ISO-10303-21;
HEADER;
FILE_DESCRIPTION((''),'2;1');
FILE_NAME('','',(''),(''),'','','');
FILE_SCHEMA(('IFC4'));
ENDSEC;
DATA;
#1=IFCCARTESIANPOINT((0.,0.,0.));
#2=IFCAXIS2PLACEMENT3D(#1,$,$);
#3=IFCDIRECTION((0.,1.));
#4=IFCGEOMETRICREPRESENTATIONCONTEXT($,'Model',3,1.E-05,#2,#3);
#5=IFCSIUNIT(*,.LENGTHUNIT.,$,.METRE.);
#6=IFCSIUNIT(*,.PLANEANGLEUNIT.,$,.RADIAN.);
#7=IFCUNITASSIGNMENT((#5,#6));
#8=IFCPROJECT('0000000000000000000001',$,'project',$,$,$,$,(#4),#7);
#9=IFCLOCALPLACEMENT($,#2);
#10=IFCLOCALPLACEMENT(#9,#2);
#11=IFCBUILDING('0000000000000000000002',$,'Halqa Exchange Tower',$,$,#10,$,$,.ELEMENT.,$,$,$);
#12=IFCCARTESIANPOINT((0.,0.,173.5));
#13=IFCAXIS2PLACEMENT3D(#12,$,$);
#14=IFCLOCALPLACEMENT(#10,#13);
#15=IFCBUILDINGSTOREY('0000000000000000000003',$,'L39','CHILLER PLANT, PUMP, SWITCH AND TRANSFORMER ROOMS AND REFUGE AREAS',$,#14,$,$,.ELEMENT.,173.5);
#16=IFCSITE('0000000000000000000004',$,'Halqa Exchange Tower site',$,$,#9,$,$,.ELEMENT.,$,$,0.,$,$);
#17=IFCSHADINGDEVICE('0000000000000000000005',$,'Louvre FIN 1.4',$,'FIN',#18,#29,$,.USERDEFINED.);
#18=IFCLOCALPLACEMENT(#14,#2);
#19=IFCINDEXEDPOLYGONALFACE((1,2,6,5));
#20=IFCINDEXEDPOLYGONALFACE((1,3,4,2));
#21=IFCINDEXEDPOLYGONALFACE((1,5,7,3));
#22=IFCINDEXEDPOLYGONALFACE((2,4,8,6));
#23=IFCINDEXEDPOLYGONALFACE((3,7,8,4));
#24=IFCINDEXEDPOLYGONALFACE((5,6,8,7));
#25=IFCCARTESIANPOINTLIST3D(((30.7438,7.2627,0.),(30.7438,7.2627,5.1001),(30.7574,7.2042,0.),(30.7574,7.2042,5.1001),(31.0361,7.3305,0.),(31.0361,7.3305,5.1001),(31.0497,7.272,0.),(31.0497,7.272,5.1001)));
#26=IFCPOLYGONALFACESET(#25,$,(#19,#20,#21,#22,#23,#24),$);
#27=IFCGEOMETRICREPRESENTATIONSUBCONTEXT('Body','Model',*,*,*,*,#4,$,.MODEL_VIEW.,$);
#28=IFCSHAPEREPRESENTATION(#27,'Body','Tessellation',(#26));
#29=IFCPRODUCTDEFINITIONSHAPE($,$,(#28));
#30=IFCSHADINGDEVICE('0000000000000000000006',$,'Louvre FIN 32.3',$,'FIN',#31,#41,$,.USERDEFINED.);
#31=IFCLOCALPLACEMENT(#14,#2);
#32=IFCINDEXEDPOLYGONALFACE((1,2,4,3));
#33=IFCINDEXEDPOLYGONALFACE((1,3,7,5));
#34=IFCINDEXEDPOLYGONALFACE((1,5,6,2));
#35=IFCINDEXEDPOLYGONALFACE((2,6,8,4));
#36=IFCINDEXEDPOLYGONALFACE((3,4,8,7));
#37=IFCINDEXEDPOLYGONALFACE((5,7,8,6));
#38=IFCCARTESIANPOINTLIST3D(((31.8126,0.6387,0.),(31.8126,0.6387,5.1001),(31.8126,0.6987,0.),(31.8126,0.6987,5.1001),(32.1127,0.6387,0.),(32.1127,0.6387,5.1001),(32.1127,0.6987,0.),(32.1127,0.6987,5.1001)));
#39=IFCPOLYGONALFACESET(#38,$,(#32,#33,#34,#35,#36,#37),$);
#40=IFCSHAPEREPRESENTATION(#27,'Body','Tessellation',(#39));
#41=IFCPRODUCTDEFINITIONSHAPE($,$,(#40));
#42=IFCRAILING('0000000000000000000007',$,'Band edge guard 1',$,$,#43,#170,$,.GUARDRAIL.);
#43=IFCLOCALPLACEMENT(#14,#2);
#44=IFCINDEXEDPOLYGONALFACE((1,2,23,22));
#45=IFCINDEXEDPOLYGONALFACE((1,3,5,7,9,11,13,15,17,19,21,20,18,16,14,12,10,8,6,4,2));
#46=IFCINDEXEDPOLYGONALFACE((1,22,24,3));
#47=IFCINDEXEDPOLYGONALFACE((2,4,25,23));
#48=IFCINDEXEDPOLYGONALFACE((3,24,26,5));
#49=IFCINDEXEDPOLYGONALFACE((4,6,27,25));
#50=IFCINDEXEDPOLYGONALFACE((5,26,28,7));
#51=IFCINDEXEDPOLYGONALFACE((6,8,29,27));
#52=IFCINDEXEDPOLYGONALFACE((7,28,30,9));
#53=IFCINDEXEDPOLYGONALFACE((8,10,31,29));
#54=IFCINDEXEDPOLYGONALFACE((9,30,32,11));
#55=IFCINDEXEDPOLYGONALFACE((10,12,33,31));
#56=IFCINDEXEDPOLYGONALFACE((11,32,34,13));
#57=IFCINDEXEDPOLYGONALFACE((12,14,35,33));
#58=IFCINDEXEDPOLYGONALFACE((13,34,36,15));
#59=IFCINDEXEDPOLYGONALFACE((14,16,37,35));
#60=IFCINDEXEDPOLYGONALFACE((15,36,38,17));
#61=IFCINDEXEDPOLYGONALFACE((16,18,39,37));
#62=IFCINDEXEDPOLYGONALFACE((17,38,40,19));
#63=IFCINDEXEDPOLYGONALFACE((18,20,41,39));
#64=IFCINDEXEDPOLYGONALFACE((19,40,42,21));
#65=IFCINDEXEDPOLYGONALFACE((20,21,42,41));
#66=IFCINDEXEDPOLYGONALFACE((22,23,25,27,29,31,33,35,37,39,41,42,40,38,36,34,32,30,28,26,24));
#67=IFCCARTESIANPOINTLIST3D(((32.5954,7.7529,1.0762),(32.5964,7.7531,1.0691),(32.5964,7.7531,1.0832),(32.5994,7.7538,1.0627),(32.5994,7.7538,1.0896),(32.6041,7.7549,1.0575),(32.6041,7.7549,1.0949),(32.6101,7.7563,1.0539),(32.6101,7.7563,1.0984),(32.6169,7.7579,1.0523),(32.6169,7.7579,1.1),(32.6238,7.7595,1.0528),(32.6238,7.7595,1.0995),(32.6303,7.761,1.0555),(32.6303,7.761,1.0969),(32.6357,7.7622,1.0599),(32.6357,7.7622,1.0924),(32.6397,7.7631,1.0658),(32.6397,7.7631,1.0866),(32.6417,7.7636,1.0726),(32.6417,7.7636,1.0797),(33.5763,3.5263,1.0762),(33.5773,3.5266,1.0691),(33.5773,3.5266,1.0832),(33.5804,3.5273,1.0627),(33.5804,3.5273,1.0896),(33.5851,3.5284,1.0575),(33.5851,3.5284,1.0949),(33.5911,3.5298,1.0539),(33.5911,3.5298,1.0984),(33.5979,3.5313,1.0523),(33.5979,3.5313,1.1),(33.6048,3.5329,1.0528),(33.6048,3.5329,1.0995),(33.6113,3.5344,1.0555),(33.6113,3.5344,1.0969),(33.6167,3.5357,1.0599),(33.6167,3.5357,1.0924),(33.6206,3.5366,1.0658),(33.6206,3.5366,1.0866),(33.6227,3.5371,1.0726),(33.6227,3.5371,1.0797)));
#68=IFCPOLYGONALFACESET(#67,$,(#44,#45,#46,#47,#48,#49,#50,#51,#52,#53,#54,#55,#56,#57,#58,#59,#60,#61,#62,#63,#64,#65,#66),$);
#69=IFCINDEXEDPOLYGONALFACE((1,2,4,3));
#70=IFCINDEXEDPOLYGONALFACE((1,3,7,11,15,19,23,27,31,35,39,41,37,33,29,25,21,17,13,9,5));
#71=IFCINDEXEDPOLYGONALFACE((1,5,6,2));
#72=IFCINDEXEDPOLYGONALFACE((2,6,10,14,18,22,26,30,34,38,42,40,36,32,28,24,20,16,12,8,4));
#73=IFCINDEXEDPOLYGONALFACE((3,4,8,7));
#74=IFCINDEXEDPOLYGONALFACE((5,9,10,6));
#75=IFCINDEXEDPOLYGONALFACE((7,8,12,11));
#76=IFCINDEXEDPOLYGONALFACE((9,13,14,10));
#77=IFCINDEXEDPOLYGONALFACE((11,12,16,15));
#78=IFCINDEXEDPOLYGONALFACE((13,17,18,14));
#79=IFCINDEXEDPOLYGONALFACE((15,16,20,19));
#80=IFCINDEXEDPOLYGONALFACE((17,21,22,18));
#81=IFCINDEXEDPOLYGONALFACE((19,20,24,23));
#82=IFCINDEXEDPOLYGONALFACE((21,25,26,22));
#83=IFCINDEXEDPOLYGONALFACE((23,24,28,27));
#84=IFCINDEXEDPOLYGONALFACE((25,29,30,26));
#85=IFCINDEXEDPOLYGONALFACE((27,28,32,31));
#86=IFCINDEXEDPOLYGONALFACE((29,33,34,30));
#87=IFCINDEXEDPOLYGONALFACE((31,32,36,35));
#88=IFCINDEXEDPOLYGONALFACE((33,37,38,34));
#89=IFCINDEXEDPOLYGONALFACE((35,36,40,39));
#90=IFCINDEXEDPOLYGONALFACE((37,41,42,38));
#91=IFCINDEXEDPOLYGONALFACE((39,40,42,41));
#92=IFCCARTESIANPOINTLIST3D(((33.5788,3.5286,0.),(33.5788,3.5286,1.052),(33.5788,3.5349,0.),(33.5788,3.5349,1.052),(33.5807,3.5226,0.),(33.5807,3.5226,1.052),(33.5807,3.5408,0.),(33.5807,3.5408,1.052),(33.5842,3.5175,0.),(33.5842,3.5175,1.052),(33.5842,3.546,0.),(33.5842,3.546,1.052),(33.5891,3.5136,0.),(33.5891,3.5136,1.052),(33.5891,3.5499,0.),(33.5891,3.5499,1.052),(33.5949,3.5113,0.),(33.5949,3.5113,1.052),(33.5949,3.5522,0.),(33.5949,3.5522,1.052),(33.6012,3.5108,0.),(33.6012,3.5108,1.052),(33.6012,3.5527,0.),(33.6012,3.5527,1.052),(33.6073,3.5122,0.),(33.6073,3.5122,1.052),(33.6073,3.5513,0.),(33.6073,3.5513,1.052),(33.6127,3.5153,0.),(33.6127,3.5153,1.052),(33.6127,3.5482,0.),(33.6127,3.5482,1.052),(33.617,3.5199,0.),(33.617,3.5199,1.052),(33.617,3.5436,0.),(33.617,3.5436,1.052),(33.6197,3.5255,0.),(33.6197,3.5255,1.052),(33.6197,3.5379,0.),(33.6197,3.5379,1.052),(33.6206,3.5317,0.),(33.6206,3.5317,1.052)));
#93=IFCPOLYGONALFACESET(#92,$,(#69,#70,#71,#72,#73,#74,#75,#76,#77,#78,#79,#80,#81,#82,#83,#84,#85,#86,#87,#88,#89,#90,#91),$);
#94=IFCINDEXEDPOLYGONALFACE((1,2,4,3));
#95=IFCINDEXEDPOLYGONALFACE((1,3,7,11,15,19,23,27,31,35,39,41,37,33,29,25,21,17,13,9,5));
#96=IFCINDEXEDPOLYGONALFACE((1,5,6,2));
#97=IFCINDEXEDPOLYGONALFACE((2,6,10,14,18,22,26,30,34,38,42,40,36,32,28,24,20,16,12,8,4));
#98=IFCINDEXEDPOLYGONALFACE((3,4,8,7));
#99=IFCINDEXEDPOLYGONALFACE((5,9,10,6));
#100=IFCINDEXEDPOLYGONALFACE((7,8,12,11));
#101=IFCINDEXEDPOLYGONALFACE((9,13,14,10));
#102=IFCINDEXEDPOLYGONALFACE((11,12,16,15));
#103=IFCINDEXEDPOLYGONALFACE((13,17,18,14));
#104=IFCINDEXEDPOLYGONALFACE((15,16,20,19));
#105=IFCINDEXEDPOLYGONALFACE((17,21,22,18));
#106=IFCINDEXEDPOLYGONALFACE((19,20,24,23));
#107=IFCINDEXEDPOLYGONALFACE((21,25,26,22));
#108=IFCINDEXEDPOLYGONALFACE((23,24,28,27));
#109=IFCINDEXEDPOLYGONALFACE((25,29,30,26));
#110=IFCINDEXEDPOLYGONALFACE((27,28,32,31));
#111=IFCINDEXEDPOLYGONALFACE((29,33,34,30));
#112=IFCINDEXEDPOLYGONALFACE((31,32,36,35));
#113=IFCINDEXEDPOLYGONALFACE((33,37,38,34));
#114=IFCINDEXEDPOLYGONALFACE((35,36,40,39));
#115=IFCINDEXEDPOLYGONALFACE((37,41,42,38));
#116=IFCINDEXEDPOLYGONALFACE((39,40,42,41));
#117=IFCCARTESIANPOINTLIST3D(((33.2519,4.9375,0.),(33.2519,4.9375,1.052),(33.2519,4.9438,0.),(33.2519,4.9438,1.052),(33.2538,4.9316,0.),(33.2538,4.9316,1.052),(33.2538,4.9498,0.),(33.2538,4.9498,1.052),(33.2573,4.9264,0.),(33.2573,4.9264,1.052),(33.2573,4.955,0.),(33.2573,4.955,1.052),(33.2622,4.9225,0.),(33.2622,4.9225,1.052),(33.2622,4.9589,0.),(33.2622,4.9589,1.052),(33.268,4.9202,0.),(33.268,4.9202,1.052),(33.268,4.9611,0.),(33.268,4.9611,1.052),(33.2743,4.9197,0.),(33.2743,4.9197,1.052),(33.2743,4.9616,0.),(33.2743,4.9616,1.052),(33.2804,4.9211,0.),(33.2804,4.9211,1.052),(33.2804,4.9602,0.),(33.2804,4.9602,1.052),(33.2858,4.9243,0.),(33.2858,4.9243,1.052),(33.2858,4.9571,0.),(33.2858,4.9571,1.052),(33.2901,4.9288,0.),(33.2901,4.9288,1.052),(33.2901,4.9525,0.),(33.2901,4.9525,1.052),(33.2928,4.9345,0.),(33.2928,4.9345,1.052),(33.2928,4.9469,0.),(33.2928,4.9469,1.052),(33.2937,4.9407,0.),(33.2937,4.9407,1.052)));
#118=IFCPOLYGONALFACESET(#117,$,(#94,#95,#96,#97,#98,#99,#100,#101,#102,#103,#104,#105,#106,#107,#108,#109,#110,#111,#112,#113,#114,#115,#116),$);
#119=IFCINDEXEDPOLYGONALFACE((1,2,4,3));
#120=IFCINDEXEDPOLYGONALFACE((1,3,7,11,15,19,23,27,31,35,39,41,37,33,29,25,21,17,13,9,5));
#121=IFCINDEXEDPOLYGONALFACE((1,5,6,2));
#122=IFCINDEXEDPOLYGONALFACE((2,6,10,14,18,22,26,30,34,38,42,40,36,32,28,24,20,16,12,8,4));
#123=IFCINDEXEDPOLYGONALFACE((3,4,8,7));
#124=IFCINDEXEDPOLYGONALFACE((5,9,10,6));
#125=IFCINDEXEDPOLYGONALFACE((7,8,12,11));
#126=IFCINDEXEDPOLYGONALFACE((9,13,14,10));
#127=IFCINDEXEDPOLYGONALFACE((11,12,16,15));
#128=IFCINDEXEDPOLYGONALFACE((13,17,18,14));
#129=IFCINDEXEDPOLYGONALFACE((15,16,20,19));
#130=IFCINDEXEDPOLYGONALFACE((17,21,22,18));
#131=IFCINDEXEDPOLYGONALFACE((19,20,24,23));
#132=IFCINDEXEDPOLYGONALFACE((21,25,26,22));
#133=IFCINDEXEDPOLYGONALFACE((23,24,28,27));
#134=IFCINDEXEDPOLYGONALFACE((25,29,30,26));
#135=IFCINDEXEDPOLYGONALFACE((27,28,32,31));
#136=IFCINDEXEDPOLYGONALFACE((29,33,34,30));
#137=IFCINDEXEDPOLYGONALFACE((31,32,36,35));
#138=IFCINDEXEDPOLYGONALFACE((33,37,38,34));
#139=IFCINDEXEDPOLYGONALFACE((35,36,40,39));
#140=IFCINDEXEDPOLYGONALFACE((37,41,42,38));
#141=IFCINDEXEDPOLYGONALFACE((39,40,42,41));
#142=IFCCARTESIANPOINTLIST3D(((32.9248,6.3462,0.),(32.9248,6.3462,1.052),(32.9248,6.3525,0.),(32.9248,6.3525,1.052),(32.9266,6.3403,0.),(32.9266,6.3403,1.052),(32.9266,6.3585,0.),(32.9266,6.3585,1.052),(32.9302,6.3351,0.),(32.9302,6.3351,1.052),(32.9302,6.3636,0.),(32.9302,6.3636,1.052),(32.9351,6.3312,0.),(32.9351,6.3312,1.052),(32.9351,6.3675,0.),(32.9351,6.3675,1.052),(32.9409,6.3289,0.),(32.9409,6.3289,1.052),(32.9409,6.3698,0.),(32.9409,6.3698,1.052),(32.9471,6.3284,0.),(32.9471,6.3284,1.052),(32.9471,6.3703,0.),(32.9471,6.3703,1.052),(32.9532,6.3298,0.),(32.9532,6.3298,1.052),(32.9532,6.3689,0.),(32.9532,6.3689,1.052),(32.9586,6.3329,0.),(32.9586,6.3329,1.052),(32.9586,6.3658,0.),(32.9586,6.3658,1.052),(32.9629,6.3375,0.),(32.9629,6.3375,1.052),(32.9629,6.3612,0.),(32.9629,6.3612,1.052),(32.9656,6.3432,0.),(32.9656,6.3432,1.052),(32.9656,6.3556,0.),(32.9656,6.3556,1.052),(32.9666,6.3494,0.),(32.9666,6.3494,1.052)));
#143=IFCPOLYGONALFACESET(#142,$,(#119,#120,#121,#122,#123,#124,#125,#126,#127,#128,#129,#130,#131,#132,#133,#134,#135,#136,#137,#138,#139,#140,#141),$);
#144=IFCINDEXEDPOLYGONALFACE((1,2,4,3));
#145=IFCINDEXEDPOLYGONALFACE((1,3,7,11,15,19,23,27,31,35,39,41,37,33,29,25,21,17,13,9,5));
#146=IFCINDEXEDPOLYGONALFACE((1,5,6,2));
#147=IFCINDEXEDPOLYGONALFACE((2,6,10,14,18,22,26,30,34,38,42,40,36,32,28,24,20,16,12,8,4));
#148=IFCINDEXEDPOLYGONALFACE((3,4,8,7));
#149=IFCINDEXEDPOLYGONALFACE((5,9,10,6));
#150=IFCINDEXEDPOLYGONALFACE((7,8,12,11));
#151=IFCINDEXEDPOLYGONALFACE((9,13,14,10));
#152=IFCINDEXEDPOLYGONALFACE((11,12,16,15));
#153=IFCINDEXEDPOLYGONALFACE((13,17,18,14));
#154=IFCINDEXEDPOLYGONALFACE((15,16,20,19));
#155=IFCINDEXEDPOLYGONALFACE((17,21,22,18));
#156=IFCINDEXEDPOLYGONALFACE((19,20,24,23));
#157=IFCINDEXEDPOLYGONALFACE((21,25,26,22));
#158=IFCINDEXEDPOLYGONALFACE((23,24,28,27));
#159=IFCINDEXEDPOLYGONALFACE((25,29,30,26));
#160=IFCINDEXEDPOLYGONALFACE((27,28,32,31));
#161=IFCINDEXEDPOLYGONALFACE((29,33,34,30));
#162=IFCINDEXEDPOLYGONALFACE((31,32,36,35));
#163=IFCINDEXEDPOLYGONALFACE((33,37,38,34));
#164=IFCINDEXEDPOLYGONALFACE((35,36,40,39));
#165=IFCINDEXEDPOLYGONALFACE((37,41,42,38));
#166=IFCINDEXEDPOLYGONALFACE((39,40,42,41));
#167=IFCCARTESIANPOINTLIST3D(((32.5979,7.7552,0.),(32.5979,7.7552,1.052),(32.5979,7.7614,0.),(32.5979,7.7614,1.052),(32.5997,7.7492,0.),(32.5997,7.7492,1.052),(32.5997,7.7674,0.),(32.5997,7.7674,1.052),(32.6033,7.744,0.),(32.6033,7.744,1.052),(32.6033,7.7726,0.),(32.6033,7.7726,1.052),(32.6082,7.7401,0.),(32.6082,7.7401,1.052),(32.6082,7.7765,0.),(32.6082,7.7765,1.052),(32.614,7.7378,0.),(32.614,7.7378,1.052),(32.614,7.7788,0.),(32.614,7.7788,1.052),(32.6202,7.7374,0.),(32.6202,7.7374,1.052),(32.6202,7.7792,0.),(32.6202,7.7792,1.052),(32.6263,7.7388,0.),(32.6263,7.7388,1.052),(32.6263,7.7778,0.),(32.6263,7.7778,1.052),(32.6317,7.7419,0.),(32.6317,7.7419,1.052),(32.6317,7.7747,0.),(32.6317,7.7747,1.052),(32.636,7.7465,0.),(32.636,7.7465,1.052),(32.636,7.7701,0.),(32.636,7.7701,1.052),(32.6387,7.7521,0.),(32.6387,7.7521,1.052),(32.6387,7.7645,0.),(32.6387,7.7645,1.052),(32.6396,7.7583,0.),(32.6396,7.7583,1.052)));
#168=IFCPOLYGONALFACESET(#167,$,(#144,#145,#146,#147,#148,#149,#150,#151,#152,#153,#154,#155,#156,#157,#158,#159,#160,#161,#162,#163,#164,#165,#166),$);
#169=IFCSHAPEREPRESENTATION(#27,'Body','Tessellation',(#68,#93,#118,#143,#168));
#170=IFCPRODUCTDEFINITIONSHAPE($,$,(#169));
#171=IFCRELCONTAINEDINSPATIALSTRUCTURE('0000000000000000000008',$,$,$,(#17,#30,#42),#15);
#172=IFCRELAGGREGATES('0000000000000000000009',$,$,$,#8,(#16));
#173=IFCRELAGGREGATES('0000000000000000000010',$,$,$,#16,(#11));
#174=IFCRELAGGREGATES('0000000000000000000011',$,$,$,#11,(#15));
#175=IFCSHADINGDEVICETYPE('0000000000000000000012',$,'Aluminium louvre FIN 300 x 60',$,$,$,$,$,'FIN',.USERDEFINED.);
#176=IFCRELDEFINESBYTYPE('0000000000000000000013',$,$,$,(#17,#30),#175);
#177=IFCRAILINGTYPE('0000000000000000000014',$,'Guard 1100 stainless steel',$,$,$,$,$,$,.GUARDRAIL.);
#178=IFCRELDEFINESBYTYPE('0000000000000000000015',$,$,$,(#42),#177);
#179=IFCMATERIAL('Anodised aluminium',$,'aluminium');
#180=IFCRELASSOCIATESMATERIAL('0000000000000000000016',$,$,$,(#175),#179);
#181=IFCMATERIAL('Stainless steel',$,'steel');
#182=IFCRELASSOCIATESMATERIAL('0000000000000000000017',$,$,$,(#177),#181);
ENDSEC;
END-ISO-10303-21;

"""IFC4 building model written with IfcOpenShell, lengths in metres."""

from ifc_helpers import new_model, si_unit, direction, frame, origin, origin_2d, place, context, subcontext, project, spatial, rectangle, circle, extrude, material, material_profile, profile_set, type_object, element, save


model = new_model("IFC4")

# Units and contexts
model_context = context("Model", 3, precision=1e-05, world=origin(), true_north=direction((0.0, 1.0)))
body_context = subcontext(model_context, "Body", "Model", "MODEL_VIEW")
ifc_project = project(units=[si_unit("LENGTHUNIT", "METRE"), si_unit("PLANEANGLEUNIT", "RADIAN")], contexts=[model_context])

# Site, building, storey
site_placement = place(None, origin())
site = spatial("IfcSite", under=ifc_project, at=site_placement, Name="Halqa Exchange Tower site", CompositionType="ELEMENT", RefElevation=0.0)
building_placement = place(site_placement, origin())
building = spatial("IfcBuilding", under=site, at=building_placement, Name="Halqa Exchange Tower", CompositionType="ELEMENT")
storey_placement = place(building_placement, frame((0.0, 0.0, 173.5)))
storey = spatial("IfcBuildingStorey", under=building, at=storey_placement, Name="L39", Description="CHILLER PLANT, PUMP, SWITCH AND TRANSFORMER ROOMS AND REFUGE AREAS", CompositionType="ELEMENT", Elevation=173.5)

# Shading devices
ifc_material_1 = material(Name="Anodised aluminium", Category="aluminium")
ifc_material_profile_1 = material_profile(ifc_material_1, rectangle(XDim=0.3, YDim=0.0601, at=origin_2d()), Name="AL FIN 300x60")
ifc_profile_set_1 = profile_set([ifc_material_profile_1], Name="Anodised aluminium")
shading_device_type = type_object("IfcShadingDeviceType", Name="Aluminium louvre FIN 300 x 60", ElementType="FIN", PredefinedType="USERDEFINED", material=ifc_profile_set_1)
for number, where, z_axis, x_axis, name in (
    (1, (30.8967, 7.2673, 0.0), (0.0, 0.0, 1.0), (-0.974112, -0.226066, 0.0), "Louvre FIN 1.4"),
    (2, (31.9626, 0.6687, 0.0), (0.0, 0.0, 1.0), (-1.0, 0.0, 0.0), "Louvre FIN 32.3"),
):
    element("IfcShadingDevice", number, at=place(storey_placement, frame(where, z_axis=z_axis, x_axis=x_axis)), inside=storey, type_object=shading_device_type, Name=name, ObjectType="FIN", PredefinedType="USERDEFINED", context=body_context, shape_type="SweptSolid", body=[
        extrude(rectangle(XDim=0.3, YDim=0.0601, at=origin_2d()), origin(), (0.0, 0.0, 1.0), 5.1001),
    ])

# Railing
ifc_material_2 = material(Name="Stainless steel", Category="steel")
railing_type = type_object("IfcRailingType", Name="Guard 1100 stainless steel", PredefinedType="GUARDRAIL", material=ifc_material_2)
railing_1_placement = place(storey_placement, frame((33.5996, 3.5317, 0.0)))
element("IfcRailing", 3, at=railing_1_placement, inside=storey, type_object=railing_type, Name="Band edge guard 1", PredefinedType="GUARDRAIL", context=body_context, shape_type="SweptSolid", body=[
    extrude(circle(Radius=0.0239, at=origin_2d()), frame((0.0, 0.0, 1.0762), z_axis=(-0.226084, 0.974108, 0.0), x_axis=(-0.974108, -0.226084, 0.0)), (0.0, 0.0, 1.0), 4.3389),
    extrude(circle(Radius=0.021, at=origin_2d()), origin(), (0.0, 0.0, 1.0), 1.052),
    extrude(circle(Radius=0.021, at=origin_2d()), frame((-0.3269, 1.4089, 0.0)), (0.0, 0.0, 1.0), 1.052),
    extrude(circle(Radius=0.021, at=origin_2d()), frame((-0.6541, 2.8176, 0.0)), (0.0, 0.0, 1.0), 1.052),
    extrude(circle(Radius=0.021, at=origin_2d()), frame((-0.981, 4.2266, 0.0)), (0.0, 0.0, 1.0), 1.052),
])

save(model, "model.ifc")
